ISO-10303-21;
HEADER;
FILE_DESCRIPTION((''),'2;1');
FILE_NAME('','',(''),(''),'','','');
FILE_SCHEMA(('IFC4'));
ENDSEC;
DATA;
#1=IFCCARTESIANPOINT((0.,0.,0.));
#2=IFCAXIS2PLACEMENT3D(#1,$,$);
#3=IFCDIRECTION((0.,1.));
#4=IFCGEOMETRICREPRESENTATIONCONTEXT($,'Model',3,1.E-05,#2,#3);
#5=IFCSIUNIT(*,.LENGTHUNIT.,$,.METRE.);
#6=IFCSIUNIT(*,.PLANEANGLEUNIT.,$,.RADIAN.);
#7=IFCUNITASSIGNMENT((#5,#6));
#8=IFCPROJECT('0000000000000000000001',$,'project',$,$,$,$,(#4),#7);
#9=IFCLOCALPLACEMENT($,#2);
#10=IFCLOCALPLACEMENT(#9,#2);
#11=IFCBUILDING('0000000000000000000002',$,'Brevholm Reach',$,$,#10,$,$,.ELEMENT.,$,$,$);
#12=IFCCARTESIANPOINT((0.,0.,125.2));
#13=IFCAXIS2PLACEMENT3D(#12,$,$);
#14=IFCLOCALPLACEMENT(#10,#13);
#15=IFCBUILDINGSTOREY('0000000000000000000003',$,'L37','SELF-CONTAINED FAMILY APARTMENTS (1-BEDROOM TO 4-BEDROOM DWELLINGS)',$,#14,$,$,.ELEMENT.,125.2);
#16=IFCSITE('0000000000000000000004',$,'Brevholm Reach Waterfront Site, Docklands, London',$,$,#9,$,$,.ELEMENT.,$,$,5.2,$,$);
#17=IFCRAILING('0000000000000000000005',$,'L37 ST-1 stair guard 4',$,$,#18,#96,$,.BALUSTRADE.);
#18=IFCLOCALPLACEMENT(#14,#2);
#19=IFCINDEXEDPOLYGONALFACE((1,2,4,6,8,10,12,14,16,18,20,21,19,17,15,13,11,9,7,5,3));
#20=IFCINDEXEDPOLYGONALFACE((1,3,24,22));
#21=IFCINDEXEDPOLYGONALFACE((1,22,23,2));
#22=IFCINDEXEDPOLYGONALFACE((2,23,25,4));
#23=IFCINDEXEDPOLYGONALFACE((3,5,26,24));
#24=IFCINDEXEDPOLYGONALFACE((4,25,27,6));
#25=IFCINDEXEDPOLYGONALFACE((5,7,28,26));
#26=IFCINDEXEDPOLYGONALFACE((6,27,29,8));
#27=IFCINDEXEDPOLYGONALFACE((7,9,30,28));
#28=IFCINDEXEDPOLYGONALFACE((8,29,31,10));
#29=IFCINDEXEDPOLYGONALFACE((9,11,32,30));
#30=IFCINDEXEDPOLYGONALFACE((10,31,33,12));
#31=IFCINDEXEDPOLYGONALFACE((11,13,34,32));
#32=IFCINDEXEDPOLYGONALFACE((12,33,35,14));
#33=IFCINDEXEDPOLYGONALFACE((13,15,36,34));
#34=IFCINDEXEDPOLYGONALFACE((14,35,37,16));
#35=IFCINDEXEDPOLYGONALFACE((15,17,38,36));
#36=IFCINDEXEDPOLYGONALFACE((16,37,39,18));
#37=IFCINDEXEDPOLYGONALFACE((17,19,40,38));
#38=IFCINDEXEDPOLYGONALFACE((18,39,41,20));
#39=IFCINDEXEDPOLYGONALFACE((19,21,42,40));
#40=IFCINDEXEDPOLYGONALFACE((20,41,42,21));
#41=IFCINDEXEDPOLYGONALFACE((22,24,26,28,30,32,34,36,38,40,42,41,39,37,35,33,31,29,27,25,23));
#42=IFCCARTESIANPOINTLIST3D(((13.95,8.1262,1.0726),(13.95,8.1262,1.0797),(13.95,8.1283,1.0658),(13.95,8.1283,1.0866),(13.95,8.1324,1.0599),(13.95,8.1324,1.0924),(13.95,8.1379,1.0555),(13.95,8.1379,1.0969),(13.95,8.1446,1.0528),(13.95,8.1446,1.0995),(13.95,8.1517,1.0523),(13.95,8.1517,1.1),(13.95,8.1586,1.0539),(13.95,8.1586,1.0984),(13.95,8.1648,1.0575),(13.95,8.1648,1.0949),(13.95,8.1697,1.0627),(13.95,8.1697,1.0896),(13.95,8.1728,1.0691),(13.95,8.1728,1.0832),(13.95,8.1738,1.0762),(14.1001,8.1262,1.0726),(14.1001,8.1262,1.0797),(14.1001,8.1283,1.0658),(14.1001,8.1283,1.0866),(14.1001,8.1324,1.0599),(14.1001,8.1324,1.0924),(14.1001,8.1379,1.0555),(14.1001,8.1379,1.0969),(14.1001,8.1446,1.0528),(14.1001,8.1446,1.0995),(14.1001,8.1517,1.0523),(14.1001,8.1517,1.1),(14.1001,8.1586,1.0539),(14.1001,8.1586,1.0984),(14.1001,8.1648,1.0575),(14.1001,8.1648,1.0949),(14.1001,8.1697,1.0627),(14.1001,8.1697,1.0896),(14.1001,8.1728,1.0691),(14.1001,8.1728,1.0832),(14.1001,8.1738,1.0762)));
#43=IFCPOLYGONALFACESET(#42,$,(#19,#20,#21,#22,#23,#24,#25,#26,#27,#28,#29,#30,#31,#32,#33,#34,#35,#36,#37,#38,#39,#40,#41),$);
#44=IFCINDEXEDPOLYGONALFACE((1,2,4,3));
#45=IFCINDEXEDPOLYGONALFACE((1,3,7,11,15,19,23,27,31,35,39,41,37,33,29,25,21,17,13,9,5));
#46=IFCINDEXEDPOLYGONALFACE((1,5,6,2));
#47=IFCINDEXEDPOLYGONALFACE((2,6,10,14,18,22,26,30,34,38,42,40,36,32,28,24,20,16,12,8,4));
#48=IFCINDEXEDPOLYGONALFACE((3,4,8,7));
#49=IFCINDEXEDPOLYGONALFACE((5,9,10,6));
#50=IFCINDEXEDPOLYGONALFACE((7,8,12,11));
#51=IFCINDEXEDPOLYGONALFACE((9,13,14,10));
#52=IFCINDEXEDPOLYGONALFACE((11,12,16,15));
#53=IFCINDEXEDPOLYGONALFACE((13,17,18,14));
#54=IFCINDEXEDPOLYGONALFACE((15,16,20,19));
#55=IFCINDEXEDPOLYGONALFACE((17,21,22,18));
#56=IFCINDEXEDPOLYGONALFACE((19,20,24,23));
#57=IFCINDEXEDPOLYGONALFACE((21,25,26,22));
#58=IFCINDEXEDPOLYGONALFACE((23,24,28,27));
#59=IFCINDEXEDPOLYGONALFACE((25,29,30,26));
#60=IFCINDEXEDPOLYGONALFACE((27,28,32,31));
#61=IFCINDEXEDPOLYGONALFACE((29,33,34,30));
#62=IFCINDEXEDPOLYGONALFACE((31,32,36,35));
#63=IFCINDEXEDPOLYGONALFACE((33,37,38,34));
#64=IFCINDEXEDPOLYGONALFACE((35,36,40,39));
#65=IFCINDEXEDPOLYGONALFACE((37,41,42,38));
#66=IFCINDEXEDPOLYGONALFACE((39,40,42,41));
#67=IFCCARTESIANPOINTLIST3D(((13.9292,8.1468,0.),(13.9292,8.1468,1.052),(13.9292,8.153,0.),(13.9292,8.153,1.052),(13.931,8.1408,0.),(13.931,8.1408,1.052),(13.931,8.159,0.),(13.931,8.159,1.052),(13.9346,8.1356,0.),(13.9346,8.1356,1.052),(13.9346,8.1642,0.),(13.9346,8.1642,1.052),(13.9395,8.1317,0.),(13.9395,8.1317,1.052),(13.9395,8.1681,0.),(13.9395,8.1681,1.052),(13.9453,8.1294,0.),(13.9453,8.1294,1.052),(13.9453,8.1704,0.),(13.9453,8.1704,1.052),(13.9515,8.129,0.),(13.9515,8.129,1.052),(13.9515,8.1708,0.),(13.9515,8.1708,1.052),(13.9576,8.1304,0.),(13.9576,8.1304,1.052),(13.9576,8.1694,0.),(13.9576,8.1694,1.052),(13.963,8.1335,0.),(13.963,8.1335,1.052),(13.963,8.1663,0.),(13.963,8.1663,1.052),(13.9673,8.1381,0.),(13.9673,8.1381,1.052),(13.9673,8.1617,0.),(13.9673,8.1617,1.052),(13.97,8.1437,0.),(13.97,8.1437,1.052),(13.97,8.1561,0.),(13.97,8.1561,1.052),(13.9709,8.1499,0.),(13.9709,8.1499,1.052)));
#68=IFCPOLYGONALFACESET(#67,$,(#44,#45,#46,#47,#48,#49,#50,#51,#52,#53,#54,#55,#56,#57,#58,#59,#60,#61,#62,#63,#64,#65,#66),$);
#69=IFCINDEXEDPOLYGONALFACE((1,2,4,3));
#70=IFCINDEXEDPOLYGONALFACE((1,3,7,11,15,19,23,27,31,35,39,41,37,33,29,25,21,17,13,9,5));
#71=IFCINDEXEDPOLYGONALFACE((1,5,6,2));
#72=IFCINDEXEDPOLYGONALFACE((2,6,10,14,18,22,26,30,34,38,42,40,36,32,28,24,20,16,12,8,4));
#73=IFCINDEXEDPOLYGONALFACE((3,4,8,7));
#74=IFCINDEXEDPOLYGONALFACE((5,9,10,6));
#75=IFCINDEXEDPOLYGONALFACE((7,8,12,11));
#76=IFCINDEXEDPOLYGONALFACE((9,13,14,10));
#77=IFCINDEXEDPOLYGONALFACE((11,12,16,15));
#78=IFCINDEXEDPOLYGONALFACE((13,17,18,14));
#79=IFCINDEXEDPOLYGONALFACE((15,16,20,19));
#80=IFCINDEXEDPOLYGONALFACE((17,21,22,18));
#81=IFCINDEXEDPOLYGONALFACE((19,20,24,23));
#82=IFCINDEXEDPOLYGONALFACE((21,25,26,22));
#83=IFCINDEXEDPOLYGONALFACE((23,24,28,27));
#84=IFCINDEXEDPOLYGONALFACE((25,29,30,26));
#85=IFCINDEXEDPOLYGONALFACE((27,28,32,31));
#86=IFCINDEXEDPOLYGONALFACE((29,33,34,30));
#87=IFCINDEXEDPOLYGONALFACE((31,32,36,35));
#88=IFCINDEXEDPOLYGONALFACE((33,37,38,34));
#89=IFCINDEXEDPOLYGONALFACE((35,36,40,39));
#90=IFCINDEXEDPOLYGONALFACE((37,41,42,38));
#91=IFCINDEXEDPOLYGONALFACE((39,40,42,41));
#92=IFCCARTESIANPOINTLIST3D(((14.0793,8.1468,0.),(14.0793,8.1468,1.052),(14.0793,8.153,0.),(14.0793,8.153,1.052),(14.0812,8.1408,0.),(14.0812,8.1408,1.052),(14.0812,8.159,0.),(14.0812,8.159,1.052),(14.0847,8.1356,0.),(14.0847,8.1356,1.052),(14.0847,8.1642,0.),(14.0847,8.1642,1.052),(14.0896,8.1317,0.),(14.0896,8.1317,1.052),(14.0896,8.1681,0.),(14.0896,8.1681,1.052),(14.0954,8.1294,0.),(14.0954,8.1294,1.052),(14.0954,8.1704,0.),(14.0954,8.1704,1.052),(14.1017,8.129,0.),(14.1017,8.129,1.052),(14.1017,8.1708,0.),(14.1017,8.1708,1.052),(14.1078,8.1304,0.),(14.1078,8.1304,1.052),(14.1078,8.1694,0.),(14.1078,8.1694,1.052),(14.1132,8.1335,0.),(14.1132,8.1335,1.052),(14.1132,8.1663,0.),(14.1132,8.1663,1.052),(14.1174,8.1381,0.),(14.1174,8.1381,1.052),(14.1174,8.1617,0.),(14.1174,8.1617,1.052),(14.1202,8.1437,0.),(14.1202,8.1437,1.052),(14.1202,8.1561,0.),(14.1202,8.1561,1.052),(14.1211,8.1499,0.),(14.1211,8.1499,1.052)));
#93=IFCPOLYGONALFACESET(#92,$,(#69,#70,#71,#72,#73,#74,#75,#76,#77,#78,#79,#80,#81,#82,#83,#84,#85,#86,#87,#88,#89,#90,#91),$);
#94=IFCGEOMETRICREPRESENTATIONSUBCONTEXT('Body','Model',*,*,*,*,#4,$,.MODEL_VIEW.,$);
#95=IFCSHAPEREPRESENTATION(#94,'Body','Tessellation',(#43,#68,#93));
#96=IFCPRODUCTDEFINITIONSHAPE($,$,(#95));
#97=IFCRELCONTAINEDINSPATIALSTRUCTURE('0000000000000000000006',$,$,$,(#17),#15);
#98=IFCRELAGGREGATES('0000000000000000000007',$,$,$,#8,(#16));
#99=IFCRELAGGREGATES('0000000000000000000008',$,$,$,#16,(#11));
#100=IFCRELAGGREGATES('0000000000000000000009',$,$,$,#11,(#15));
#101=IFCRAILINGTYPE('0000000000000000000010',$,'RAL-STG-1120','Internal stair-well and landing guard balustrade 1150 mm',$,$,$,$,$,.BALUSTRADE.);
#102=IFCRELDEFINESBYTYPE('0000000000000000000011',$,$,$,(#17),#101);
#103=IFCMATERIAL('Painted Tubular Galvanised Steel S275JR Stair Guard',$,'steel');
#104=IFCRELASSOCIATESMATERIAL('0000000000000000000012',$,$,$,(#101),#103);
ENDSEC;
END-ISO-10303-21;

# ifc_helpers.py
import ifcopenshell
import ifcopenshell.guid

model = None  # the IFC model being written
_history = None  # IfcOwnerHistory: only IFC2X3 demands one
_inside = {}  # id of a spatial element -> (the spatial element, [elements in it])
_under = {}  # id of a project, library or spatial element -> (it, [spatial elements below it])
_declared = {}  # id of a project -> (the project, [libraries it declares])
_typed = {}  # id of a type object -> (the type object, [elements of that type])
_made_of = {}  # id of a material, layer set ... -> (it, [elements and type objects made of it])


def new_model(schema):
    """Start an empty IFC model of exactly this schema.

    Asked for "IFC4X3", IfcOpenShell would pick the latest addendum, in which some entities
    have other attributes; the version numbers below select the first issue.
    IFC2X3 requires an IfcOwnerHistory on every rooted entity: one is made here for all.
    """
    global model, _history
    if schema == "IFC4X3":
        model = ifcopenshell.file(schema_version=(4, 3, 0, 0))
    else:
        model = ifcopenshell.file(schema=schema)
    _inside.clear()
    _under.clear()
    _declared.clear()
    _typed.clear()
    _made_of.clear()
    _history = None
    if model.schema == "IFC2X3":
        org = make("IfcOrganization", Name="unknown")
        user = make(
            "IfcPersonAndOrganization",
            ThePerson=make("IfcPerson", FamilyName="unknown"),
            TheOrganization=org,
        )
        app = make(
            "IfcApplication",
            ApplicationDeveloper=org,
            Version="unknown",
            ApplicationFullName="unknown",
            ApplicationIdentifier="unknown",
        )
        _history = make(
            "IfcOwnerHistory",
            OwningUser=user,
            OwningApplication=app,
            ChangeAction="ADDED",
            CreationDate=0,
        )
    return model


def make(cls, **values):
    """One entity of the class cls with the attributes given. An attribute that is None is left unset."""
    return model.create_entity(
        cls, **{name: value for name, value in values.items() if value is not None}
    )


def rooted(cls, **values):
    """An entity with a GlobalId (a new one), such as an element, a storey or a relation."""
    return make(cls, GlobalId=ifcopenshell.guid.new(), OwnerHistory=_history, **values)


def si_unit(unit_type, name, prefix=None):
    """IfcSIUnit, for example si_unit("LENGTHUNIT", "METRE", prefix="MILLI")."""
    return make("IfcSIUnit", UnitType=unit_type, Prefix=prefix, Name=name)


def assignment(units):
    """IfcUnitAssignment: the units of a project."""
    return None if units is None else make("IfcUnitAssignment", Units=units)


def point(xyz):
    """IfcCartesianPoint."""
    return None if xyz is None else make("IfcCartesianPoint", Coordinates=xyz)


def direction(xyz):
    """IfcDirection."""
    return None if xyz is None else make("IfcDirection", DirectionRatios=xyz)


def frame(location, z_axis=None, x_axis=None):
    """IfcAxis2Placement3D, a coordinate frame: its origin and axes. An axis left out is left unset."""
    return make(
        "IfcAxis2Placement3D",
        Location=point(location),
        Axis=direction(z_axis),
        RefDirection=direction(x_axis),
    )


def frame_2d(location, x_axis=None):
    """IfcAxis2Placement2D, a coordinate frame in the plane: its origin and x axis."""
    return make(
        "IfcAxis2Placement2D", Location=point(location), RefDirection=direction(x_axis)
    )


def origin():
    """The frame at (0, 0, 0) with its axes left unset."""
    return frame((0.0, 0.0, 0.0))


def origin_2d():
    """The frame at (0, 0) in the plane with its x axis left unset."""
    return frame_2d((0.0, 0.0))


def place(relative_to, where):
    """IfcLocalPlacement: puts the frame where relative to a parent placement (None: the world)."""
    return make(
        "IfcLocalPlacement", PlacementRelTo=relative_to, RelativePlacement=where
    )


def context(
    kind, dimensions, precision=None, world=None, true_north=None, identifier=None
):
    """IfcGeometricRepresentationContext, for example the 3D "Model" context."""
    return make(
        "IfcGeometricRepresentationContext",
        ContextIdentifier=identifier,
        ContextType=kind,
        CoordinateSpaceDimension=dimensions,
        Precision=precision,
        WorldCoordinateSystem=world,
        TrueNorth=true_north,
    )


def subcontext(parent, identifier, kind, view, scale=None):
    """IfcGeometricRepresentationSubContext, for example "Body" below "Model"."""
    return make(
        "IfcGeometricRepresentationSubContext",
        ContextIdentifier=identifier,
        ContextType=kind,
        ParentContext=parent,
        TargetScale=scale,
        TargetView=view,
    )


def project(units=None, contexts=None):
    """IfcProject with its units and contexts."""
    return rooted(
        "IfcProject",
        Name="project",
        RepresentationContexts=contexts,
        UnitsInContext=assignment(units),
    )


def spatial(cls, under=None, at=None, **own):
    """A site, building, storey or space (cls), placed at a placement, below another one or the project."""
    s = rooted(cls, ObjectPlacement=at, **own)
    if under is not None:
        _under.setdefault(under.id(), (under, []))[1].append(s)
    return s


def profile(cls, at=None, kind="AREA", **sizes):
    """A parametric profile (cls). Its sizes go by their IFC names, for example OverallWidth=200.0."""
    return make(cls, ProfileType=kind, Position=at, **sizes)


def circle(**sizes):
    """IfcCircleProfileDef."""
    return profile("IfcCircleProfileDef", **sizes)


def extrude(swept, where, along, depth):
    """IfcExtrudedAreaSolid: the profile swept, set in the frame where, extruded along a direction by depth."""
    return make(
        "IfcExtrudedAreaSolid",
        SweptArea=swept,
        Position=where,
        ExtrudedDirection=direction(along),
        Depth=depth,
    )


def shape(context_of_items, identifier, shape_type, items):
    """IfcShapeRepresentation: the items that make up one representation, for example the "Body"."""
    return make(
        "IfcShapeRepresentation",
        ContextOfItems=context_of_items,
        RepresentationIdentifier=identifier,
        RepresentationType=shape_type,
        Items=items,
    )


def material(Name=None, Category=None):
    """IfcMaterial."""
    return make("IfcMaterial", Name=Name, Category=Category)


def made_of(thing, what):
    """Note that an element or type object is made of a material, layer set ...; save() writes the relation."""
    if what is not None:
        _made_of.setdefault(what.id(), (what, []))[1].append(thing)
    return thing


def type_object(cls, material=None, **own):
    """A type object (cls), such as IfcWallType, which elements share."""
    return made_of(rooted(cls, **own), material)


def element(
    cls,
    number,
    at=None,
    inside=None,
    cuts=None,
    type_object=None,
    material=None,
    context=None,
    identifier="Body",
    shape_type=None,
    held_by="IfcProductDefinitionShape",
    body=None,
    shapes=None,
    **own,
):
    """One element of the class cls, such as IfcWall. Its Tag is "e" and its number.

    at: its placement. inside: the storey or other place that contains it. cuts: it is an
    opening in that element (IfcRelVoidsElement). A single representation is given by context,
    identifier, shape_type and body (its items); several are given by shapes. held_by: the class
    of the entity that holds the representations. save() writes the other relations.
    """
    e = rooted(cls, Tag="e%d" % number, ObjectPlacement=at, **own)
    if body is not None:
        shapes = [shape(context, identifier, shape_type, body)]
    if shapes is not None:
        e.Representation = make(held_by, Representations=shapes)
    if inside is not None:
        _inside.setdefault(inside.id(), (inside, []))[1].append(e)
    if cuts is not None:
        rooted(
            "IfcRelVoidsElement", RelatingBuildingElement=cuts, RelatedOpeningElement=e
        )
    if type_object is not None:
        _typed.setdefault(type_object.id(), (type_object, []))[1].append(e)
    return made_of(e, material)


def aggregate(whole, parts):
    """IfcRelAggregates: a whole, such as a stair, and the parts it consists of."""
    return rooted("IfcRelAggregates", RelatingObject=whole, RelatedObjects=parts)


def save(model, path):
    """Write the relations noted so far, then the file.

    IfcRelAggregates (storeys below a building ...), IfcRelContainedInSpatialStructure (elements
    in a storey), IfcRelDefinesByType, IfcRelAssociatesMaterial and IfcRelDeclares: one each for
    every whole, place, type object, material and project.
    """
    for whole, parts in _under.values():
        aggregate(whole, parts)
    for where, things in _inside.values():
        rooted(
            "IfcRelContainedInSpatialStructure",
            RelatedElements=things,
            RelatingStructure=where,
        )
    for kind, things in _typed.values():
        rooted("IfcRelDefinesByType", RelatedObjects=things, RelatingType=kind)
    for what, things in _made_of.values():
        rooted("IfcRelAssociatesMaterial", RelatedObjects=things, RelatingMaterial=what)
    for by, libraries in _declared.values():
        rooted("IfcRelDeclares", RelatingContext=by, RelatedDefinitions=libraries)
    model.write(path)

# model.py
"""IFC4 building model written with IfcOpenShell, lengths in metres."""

from ifc_helpers import new_model, si_unit, direction, frame, origin, origin_2d, place, context, subcontext, project, spatial, circle, extrude, material, type_object, element, save


model = new_model("IFC4")

# Units and contexts
model_context = context("Model", 3, precision=1e-05, world=origin(), true_north=direction((0.0, 1.0)))
body_context = subcontext(model_context, "Body", "Model", "MODEL_VIEW")
ifc_project = project(units=[si_unit("LENGTHUNIT", "METRE"), si_unit("PLANEANGLEUNIT", "RADIAN")], contexts=[model_context])

# Site, building, storey
site_placement = place(None, origin())
site = spatial("IfcSite", under=ifc_project, at=site_placement, Name="Brevholm Reach Waterfront Site, Docklands, London", CompositionType="ELEMENT", RefElevation=5.2)
building_placement = place(site_placement, origin())
building = spatial("IfcBuilding", under=site, at=building_placement, Name="Brevholm Reach", CompositionType="ELEMENT")
storey_placement = place(building_placement, frame((0.0, 0.0, 125.2)))
storey = spatial("IfcBuildingStorey", under=building, at=storey_placement, Name="L37", Description="SELF-CONTAINED FAMILY APARTMENTS (1-BEDROOM TO 4-BEDROOM DWELLINGS)", CompositionType="ELEMENT", Elevation=125.2)

# Railing
ifc_material_1 = material(Name="Painted Tubular Galvanised Steel S275JR Stair Guard", Category="steel")
railing_type = type_object("IfcRailingType", Name="RAL-STG-1120", Description="Internal stair-well and landing guard balustrade 1150 mm", PredefinedType="BALUSTRADE", material=ifc_material_1)
railing_1_placement = place(storey_placement, frame((13.95, 8.1499, 0.0)))
element("IfcRailing", 1, at=railing_1_placement, inside=storey, type_object=railing_type, Name="L37 ST-1 stair guard 4", PredefinedType="BALUSTRADE", context=body_context, shape_type="SweptSolid", body=[
    extrude(circle(Radius=0.0239, at=origin_2d()), frame((0.0, 0.0, 1.0762), z_axis=(1.0, 0.0, 0.0), x_axis=(0.0, 1.0, 0.0)), (0.0, 0.0, 1.0), 0.1501),
    extrude(circle(Radius=0.021, at=origin_2d()), origin(), (0.0, 0.0, 1.0), 1.052),
    extrude(circle(Radius=0.021, at=origin_2d()), frame((0.1501, 0.0, 0.0)), (0.0, 0.0, 1.0), 1.052),
])

save(model, "model.ifc")
